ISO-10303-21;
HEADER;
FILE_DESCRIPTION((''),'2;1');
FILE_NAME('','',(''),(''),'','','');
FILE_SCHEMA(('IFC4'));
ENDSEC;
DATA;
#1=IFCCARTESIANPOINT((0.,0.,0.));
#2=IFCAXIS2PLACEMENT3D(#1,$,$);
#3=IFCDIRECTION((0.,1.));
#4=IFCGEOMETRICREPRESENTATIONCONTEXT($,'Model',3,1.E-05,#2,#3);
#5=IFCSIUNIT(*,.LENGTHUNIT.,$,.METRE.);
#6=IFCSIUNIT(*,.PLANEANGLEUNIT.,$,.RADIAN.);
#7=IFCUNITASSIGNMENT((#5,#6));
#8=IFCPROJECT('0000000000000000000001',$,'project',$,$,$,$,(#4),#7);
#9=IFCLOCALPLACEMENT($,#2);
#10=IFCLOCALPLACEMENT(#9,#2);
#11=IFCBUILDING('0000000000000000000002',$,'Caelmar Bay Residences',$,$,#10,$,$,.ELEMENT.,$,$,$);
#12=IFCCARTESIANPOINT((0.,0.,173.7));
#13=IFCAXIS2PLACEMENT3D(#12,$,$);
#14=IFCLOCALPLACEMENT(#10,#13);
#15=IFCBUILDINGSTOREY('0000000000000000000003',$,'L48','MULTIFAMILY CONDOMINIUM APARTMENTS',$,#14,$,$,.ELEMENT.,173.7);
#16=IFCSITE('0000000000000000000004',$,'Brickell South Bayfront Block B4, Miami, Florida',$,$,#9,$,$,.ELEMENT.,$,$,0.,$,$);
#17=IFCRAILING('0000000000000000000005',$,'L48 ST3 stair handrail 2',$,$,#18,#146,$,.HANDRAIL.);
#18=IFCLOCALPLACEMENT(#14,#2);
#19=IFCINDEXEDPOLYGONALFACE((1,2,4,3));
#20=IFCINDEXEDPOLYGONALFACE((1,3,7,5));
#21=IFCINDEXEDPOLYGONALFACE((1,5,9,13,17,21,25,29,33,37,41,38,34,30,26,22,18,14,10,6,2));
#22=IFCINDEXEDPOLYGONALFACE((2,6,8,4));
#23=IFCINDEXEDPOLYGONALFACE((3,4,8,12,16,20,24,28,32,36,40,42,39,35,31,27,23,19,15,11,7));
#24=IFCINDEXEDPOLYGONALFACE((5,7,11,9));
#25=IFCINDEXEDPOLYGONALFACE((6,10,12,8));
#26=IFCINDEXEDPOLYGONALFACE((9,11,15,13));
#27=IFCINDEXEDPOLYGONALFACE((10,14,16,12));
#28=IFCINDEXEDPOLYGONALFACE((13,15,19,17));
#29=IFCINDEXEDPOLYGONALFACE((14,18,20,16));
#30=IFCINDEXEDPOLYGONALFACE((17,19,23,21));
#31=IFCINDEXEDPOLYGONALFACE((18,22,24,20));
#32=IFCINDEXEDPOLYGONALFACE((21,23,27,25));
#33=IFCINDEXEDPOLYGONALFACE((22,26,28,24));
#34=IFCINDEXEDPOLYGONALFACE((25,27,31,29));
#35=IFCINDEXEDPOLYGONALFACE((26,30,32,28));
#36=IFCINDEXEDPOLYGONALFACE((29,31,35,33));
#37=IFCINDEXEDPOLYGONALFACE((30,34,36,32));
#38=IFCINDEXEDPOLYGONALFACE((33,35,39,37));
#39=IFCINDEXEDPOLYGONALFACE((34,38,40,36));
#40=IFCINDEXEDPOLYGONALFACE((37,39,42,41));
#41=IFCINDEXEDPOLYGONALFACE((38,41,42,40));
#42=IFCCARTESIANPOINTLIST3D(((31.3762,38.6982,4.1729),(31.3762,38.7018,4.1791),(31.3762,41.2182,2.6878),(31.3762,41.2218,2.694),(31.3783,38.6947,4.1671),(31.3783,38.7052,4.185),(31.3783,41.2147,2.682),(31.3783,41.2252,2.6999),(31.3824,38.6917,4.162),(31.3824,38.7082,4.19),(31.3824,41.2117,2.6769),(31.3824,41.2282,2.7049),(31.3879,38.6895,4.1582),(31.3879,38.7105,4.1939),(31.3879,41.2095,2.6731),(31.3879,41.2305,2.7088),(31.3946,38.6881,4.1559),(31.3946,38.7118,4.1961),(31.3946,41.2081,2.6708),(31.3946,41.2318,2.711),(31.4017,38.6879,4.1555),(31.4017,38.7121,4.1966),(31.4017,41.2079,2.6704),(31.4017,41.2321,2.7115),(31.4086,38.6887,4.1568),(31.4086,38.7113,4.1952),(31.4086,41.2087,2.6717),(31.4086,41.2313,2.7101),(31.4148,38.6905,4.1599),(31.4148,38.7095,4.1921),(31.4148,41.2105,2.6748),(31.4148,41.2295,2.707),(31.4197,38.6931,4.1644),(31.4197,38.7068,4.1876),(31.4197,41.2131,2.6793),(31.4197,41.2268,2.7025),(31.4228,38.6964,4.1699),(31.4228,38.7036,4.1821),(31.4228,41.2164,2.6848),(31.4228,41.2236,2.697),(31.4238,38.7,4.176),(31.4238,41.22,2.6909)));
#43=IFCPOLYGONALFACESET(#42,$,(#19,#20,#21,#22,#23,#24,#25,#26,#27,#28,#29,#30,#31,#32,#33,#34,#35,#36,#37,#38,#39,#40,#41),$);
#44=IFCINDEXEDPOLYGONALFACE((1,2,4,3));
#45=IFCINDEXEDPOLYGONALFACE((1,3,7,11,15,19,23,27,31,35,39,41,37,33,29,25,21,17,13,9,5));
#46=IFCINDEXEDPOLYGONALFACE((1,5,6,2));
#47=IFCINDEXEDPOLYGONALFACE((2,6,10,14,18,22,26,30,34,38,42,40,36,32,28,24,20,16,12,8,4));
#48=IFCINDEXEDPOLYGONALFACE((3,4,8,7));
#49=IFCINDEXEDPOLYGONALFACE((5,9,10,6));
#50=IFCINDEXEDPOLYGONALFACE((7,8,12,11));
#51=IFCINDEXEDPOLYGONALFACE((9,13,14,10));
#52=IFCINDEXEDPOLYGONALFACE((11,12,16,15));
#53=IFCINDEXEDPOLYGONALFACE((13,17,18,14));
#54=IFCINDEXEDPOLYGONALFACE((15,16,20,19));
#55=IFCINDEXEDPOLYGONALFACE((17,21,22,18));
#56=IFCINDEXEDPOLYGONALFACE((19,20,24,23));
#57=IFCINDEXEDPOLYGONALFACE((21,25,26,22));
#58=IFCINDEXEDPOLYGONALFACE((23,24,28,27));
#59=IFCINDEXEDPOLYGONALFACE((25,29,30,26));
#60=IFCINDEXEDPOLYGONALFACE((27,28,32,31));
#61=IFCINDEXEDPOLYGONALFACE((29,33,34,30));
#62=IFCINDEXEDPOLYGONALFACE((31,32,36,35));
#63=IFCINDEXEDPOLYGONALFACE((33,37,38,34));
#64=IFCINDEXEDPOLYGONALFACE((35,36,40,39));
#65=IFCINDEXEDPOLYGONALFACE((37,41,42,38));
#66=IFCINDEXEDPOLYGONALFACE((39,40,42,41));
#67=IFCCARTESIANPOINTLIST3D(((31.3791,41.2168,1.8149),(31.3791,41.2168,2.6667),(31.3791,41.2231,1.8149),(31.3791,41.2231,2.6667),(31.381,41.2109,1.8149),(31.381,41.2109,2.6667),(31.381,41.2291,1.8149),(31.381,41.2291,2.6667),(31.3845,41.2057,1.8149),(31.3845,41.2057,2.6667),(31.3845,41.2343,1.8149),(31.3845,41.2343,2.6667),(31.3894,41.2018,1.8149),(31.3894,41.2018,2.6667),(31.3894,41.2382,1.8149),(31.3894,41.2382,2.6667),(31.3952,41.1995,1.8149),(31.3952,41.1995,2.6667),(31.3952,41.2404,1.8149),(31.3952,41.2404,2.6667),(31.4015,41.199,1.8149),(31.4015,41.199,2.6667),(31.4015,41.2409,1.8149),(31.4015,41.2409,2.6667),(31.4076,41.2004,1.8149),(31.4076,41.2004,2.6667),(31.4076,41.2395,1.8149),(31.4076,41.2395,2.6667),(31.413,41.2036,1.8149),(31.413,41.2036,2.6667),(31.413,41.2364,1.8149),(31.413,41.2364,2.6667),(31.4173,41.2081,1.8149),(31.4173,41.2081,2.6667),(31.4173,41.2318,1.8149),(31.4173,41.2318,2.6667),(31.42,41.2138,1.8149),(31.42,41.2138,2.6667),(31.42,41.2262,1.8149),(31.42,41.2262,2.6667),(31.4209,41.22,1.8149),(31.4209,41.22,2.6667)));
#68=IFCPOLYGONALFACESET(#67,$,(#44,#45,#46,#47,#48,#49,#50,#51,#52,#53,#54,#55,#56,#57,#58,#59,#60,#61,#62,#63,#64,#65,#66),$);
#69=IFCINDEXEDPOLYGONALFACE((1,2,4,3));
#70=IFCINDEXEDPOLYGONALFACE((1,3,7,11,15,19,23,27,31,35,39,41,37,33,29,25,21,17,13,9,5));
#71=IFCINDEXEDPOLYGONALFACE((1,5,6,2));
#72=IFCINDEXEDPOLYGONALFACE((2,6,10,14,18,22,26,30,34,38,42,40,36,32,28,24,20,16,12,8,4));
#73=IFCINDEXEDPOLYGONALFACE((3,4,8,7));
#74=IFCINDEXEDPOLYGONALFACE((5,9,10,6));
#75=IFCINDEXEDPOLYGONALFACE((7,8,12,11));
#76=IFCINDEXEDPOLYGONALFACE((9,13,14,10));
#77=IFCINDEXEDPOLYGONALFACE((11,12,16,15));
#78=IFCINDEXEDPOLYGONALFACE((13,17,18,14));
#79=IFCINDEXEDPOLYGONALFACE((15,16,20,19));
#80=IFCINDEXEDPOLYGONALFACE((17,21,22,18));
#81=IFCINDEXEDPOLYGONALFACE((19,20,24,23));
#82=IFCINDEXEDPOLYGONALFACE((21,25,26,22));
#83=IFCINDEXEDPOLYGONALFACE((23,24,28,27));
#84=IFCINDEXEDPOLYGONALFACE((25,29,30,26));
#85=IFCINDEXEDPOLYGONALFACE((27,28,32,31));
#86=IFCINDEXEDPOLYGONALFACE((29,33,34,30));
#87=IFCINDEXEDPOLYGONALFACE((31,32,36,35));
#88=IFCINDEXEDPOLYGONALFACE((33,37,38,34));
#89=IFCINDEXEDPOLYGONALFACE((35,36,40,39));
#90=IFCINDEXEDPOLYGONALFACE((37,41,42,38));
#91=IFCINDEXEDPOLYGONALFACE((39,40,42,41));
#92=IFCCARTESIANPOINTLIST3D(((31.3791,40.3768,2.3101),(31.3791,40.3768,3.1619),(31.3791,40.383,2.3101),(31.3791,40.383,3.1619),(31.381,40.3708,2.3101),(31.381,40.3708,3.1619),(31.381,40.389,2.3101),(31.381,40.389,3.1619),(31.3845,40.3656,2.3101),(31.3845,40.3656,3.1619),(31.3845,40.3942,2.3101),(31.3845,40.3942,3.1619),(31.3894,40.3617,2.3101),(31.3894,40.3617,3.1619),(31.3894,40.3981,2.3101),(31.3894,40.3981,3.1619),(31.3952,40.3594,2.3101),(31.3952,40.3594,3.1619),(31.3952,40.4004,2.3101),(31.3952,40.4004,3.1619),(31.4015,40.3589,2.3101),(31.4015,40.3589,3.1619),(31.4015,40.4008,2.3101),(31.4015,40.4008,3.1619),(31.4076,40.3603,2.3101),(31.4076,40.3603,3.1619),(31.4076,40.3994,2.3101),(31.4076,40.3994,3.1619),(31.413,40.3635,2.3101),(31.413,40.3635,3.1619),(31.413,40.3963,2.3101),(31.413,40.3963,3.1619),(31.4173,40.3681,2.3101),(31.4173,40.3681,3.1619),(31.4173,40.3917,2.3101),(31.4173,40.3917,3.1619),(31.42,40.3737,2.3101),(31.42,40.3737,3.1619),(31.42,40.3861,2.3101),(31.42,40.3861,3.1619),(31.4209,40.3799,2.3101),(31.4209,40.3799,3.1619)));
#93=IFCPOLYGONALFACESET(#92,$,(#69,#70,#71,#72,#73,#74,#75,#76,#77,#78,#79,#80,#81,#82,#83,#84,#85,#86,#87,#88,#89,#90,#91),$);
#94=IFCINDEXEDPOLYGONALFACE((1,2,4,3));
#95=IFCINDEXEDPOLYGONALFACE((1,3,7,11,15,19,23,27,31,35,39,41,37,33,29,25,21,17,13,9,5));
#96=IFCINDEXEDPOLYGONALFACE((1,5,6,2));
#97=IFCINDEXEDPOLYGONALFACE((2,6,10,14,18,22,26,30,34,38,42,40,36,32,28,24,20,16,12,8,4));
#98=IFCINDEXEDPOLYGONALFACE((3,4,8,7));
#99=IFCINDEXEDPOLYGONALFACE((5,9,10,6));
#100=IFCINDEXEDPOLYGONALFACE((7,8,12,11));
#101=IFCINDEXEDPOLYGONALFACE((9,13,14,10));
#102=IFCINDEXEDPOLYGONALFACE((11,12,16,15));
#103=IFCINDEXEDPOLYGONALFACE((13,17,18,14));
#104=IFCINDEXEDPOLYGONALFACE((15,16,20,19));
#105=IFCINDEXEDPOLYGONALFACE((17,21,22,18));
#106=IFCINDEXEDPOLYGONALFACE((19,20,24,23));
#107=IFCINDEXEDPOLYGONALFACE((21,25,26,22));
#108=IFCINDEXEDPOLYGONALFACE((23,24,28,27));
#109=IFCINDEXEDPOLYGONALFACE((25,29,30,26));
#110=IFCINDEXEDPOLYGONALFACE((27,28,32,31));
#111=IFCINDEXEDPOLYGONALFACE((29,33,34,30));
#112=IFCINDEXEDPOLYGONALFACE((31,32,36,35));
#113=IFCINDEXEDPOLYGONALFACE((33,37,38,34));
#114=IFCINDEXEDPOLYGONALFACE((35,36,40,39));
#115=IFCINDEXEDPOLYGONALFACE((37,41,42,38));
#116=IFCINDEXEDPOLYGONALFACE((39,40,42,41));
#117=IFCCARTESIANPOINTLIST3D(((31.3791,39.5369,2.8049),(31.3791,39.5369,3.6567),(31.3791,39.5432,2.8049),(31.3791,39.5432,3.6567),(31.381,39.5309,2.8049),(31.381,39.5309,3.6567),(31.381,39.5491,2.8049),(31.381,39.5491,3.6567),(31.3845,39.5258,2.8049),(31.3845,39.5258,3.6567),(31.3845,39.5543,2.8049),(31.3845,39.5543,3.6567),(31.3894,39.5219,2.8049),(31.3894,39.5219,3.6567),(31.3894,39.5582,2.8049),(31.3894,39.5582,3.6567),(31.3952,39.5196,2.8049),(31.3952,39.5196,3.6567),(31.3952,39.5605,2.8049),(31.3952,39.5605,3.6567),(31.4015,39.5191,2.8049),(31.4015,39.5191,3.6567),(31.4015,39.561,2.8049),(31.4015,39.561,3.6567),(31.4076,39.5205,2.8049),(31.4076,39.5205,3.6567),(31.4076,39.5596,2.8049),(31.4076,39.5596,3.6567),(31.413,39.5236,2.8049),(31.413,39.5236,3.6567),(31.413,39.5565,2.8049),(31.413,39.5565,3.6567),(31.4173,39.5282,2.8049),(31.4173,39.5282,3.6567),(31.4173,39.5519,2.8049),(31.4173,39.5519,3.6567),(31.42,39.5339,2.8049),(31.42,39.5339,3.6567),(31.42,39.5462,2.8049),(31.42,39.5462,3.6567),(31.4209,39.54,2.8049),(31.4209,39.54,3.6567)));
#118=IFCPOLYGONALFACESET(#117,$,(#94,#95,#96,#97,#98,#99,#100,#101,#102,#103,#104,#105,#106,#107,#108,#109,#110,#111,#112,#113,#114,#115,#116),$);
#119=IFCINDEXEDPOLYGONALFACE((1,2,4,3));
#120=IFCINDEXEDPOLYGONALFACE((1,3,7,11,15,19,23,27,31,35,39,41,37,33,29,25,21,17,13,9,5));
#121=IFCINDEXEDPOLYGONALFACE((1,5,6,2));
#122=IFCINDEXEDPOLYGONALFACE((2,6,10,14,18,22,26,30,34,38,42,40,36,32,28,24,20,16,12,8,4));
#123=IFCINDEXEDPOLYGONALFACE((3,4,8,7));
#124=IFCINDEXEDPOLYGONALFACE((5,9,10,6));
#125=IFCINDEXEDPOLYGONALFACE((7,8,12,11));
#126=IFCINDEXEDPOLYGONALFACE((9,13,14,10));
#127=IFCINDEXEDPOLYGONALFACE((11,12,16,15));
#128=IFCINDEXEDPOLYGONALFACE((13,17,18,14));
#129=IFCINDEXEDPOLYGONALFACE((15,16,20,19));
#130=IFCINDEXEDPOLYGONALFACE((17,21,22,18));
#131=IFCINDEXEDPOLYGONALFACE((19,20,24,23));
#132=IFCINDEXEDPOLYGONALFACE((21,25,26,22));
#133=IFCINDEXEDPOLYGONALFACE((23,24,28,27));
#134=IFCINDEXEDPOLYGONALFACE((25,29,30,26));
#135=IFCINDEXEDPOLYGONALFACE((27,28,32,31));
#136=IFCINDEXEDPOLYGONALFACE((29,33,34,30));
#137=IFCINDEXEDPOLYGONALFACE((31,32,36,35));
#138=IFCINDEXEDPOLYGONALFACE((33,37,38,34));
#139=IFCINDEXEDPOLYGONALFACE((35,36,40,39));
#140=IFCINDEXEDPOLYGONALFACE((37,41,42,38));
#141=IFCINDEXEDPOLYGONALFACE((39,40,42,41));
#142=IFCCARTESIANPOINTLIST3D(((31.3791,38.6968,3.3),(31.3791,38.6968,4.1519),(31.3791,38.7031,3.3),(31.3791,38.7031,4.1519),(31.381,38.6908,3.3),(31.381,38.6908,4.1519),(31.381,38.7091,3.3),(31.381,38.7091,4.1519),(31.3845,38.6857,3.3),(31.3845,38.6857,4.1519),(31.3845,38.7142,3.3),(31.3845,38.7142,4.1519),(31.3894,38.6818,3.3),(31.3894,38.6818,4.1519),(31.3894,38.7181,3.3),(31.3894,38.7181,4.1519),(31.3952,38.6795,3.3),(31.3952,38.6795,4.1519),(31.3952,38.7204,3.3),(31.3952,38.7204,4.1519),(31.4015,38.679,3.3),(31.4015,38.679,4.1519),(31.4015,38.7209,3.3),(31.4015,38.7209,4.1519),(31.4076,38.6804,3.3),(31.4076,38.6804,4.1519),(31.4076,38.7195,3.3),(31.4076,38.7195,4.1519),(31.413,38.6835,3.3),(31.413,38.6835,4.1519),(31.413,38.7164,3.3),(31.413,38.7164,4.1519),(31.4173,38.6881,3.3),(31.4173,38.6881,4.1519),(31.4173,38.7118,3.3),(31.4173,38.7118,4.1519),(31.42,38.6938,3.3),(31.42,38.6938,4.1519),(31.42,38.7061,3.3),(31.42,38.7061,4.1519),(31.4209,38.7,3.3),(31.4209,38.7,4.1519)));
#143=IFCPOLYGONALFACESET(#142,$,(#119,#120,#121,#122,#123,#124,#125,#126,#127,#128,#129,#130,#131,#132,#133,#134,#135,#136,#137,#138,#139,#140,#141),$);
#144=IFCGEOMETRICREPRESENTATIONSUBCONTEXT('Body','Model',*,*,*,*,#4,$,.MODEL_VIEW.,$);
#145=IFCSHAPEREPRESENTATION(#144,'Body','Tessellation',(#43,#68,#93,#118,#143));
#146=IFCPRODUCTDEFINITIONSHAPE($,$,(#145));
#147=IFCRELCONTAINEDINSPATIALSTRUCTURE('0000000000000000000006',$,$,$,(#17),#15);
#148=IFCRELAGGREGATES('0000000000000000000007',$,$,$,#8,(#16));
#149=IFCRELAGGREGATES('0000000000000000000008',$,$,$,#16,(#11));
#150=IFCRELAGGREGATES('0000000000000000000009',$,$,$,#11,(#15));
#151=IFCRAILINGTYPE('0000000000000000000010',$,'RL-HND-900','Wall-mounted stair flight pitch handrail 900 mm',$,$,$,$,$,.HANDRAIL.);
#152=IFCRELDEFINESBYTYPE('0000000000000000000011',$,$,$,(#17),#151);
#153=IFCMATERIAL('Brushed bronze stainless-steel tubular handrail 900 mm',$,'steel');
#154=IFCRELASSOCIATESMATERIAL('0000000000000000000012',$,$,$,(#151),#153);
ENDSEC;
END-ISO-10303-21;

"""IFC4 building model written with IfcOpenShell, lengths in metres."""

from ifc_helpers import new_model, si_unit, direction, frame, origin, origin_2d, place, context, subcontext, project, spatial, circle, extrude, material, type_object, element, save


model = new_model("IFC4")

# Units and contexts
model_context = context("Model", 3, precision=1e-05, world=origin(), true_north=direction((0.0, 1.0)))
body_context = subcontext(model_context, "Body", "Model", "MODEL_VIEW")
ifc_project = project(units=[si_unit("LENGTHUNIT", "METRE"), si_unit("PLANEANGLEUNIT", "RADIAN")], contexts=[model_context])

# Site, building, storey
site_placement = place(None, origin())
site = spatial("IfcSite", under=ifc_project, at=site_placement, Name="Brickell South Bayfront Block B4, Miami, Florida", CompositionType="ELEMENT", RefElevation=0.0)
building_placement = place(site_placement, origin())
building = spatial("IfcBuilding", under=site, at=building_placement, Name="Caelmar Bay Residences", CompositionType="ELEMENT")
storey_placement = place(building_placement, frame((0.0, 0.0, 173.7)))
storey = spatial("IfcBuildingStorey", under=building, at=storey_placement, Name="L48", Description="MULTIFAMILY CONDOMINIUM APARTMENTS", CompositionType="ELEMENT", Elevation=173.7)

# Railing
ifc_material_1 = material(Name="Brushed bronze stainless-steel tubular handrail 900 mm", Category="steel")
railing_type_1 = type_object("IfcRailingType", Name="RL-HND-900", Description="Wall-mounted stair flight pitch handrail 900 mm", PredefinedType="HANDRAIL", material=ifc_material_1)
railing_1_placement = place(storey_placement, frame((31.3999, 41.22, 1.8149)))
element("IfcRailing", 1, at=railing_1_placement, inside=storey, type_object=railing_type_1, Name="L48 ST3 stair handrail 2", PredefinedType="HANDRAIL", context=body_context, shape_type="SweptSolid", body=[
    extrude(circle(Radius=0.0239, at=origin_2d()), frame((0.0, 0.0, 0.876), z_axis=(0.0, -0.861524, 0.507717), x_axis=(1.0, 0.0, 0.0)), (0.0, 0.0, 1.0), 2.925),
    extrude(circle(Radius=0.021, at=origin_2d()), origin(), (0.0, 0.0, 1.0), 0.8518),
    extrude(circle(Radius=0.021, at=origin_2d()), frame((0.0, -0.8401, 0.4951)), (0.0, 0.0, 1.0), 0.8518),
    extrude(circle(Radius=0.021, at=origin_2d()), frame((0.0, -1.6799, 0.99)), (0.0, 0.0, 1.0), 0.8518),
    extrude(circle(Radius=0.021, at=origin_2d()), frame((0.0, -2.52, 1.4851)), (0.0, 0.0, 1.0), 0.8518),
])

save(model, "model.ifc")
